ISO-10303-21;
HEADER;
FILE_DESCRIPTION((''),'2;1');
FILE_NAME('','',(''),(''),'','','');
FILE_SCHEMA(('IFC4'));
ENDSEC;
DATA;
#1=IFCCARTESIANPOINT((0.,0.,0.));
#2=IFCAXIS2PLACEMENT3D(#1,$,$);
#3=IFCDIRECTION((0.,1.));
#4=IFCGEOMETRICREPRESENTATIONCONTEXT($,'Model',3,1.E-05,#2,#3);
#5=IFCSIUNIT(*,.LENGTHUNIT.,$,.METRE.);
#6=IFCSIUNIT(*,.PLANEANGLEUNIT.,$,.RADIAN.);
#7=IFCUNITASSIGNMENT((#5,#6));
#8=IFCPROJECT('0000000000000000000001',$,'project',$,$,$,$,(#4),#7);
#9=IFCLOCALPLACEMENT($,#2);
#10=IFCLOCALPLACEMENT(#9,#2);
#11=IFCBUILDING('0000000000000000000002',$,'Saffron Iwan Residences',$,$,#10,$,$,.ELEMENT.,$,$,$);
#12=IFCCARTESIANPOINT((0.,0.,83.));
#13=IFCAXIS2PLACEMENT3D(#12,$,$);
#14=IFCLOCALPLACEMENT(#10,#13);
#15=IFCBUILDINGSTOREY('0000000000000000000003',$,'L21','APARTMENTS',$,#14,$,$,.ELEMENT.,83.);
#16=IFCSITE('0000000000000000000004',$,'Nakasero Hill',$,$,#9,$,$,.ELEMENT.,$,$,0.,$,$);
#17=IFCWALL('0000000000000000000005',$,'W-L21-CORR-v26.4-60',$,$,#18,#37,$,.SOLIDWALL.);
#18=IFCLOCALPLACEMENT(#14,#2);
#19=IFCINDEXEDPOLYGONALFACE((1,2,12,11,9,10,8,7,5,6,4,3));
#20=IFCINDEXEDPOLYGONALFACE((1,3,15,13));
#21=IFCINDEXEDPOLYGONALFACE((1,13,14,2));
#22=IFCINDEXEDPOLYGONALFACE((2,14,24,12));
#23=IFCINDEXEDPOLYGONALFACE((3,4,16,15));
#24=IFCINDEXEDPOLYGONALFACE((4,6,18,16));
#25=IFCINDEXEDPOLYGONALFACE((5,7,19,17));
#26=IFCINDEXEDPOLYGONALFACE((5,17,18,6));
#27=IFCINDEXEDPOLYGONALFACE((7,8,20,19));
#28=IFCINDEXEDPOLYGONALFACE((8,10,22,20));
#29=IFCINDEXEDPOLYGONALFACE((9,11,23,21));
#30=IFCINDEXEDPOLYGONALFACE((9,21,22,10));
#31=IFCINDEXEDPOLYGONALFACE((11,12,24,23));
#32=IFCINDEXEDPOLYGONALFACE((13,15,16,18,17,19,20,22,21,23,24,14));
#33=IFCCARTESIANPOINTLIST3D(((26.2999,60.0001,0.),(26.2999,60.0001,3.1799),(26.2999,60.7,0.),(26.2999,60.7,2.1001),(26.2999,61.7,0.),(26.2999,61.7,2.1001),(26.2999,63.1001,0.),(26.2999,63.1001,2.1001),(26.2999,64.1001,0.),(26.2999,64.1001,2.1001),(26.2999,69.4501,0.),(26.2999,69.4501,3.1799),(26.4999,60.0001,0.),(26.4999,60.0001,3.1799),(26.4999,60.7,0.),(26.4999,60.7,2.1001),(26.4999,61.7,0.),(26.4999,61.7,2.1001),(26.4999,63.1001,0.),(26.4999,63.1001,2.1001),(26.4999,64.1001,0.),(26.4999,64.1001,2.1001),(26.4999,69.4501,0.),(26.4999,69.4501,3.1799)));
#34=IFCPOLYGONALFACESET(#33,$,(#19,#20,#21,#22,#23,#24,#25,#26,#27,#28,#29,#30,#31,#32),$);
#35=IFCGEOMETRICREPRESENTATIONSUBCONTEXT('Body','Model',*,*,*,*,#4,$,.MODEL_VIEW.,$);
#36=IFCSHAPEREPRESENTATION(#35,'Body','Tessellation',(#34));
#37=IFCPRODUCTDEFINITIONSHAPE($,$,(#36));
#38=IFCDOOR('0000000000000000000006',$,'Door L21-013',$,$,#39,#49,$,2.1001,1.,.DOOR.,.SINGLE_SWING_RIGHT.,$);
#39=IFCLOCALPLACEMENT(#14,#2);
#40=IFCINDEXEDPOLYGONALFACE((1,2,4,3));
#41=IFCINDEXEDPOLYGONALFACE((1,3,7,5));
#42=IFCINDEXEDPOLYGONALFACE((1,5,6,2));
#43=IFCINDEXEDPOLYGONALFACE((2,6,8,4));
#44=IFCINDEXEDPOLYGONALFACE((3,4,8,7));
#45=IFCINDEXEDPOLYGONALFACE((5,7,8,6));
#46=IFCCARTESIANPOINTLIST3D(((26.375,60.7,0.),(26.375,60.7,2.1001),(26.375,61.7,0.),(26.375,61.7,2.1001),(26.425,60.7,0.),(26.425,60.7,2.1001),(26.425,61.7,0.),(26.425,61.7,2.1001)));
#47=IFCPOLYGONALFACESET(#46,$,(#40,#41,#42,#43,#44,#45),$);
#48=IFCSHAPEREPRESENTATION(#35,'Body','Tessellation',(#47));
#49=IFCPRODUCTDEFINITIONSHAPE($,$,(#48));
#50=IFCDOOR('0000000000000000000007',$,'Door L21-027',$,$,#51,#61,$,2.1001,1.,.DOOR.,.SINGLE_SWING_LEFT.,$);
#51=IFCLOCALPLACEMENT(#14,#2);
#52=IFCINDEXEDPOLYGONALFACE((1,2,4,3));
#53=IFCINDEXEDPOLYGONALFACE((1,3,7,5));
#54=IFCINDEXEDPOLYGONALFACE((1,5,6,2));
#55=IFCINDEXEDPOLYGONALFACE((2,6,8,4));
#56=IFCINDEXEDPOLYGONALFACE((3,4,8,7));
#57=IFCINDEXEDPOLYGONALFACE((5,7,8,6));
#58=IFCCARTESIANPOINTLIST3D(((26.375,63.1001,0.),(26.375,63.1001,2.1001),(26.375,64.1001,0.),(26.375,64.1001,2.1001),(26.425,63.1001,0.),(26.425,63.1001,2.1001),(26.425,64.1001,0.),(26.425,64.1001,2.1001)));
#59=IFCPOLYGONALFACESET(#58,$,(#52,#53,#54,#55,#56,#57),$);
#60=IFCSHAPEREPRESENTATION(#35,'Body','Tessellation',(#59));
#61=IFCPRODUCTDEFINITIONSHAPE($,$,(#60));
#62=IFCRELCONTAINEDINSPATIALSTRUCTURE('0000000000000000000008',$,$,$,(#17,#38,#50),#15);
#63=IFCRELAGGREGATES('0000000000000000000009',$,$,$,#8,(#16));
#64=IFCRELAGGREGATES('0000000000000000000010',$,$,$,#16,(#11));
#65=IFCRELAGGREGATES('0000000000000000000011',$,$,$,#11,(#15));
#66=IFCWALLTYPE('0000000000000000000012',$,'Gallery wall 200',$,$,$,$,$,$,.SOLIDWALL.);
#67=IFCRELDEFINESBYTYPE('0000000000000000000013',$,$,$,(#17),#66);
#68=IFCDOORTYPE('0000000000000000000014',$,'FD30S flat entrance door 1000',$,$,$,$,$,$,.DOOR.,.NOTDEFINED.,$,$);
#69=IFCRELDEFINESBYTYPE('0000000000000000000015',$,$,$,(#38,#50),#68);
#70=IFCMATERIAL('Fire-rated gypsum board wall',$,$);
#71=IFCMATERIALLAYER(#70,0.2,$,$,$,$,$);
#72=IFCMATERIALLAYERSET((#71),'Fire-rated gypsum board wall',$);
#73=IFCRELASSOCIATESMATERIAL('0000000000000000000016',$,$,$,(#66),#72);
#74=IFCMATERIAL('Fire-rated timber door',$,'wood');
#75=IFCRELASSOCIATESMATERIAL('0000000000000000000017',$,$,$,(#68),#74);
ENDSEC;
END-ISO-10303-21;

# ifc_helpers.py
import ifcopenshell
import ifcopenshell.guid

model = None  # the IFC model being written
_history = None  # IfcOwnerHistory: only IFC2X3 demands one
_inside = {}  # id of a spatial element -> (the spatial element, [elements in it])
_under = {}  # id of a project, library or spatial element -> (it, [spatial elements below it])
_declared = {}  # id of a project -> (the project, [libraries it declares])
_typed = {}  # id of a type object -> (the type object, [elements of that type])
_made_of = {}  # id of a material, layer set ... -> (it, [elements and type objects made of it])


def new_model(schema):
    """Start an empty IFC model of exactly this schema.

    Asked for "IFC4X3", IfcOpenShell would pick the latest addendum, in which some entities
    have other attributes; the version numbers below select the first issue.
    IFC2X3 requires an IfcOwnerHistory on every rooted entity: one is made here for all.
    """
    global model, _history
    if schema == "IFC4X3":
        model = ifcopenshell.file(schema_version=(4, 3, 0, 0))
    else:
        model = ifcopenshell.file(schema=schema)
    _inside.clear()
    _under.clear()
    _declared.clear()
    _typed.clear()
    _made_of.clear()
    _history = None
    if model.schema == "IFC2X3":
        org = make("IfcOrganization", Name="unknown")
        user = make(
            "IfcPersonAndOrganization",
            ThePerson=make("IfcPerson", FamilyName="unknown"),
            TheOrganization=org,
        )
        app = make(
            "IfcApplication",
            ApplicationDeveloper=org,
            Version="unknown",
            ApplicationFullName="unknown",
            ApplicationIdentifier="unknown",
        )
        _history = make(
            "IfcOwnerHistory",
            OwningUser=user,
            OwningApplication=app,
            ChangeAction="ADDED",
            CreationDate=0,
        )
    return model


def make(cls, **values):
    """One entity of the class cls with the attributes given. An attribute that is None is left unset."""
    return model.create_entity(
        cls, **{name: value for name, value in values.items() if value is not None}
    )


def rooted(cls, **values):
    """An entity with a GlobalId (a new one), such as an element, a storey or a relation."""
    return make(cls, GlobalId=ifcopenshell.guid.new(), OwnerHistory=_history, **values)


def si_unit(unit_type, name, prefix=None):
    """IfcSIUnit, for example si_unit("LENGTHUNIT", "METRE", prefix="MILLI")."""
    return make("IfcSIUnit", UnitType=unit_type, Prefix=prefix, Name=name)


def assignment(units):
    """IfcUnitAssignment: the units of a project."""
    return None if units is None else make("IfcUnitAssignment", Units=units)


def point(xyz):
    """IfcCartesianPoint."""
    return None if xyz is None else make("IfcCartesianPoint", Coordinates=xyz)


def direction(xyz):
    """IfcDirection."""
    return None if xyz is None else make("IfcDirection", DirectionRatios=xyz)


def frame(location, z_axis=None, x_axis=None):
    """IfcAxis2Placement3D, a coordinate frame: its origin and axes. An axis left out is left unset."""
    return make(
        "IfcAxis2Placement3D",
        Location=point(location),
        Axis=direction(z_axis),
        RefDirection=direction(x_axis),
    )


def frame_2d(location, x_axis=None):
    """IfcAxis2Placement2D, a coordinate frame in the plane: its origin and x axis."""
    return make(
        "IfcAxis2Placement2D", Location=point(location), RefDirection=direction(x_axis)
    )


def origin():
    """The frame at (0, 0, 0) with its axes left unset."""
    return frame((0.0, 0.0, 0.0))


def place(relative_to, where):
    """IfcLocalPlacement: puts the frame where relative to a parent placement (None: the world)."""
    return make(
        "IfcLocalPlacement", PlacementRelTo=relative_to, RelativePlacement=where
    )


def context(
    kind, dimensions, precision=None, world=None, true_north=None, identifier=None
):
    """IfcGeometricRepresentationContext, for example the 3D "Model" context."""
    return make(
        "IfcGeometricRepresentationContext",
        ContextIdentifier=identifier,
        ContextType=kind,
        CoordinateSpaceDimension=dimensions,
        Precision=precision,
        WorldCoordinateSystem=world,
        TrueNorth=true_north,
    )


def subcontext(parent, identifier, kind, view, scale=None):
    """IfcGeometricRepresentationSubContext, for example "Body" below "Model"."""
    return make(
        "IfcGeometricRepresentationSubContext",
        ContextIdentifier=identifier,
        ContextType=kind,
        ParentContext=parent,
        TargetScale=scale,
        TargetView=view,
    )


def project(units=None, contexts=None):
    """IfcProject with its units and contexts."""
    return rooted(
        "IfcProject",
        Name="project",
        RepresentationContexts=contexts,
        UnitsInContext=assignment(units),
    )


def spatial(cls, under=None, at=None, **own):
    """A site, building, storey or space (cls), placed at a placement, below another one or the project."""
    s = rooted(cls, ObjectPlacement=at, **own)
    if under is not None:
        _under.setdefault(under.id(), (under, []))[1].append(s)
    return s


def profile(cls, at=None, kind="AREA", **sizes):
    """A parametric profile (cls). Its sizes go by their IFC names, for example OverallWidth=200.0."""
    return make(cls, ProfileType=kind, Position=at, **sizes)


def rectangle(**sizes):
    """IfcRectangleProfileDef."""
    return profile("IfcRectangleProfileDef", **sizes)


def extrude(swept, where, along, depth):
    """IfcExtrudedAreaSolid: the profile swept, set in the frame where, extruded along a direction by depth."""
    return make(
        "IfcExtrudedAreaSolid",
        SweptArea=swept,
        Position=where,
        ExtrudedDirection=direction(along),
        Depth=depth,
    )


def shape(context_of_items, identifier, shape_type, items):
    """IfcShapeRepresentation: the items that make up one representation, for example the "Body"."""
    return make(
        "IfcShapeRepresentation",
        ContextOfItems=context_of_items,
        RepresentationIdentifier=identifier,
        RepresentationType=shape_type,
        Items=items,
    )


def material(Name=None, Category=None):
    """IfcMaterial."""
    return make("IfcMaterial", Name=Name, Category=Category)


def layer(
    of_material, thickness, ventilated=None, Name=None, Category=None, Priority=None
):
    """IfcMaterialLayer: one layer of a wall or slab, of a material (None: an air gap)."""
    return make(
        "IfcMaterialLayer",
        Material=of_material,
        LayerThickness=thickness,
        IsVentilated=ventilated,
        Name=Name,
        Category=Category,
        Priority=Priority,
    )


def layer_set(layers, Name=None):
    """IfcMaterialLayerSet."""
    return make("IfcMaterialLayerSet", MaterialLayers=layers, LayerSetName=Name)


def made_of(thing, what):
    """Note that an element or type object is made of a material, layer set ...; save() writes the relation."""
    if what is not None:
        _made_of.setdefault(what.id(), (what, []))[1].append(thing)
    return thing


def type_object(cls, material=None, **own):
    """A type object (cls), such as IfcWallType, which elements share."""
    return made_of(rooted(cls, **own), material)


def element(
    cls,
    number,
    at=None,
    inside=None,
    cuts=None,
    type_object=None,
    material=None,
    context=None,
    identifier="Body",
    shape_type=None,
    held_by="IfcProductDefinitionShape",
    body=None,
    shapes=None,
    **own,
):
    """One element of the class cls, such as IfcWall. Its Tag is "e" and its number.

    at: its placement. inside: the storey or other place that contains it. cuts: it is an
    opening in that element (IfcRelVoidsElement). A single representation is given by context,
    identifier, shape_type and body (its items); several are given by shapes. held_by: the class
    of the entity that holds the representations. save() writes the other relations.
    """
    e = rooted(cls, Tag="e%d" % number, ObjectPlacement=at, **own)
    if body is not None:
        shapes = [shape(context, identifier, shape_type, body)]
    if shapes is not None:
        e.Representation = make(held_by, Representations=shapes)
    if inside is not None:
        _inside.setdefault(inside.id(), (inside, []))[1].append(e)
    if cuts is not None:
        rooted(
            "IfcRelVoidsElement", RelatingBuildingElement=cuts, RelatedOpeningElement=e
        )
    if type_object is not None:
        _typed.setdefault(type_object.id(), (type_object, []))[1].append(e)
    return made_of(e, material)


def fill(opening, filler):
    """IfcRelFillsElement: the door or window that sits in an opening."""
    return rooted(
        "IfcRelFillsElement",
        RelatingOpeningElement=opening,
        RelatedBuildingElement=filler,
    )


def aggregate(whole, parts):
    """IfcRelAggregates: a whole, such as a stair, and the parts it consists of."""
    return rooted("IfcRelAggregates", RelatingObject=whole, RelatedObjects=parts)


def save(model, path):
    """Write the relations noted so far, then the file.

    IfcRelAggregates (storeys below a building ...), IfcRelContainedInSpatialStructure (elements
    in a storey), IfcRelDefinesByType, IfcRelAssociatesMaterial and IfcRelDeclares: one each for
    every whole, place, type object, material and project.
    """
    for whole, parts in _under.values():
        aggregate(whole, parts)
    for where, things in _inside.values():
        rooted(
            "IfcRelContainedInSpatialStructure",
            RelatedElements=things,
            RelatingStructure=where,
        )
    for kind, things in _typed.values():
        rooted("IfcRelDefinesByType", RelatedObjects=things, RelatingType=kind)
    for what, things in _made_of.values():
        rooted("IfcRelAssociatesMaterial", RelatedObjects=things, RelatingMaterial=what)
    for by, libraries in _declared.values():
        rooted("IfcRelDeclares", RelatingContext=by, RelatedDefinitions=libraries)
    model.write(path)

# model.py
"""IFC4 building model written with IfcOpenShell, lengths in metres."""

from ifc_helpers import new_model, si_unit, direction, frame, frame_2d, origin, place, context, subcontext, project, spatial, rectangle, extrude, material, layer, layer_set, type_object, element, fill, save


model = new_model("IFC4")

# Units and contexts
model_context = context("Model", 3, precision=1e-05, world=origin(), true_north=direction((0.0, 1.0)))
body_context = subcontext(model_context, "Body", "Model", "MODEL_VIEW")
ifc_project = project(units=[si_unit("LENGTHUNIT", "METRE"), si_unit("PLANEANGLEUNIT", "RADIAN")], contexts=[model_context])

# Site, building, storey
site_placement = place(None, origin())
site = spatial("IfcSite", under=ifc_project, at=site_placement, Name="Nakasero Hill", CompositionType="ELEMENT", RefElevation=0.0)
building_placement = place(site_placement, origin())
building = spatial("IfcBuilding", under=site, at=building_placement, Name="Saffron Iwan Residences", CompositionType="ELEMENT")
storey_placement = place(building_placement, frame((0.0, 0.0, 83.0)))
storey = spatial("IfcBuildingStorey", under=building, at=storey_placement, Name="L21", Description="APARTMENTS", CompositionType="ELEMENT", Elevation=83.0)

# Shared definitions
ifc_material_1 = material(Name="Fire-rated gypsum board wall")
ifc_layer_1 = layer(ifc_material_1, 0.2)
ifc_layer_set_1 = layer_set([ifc_layer_1], Name="Fire-rated gypsum board wall")
wall_type_1 = type_object("IfcWallType", Name="Gallery wall 200", PredefinedType="SOLIDWALL", material=ifc_layer_set_1)

# Wall, openings, doors
wall_1_placement = place(storey_placement, frame((26.3999, 60.0, 0.0), z_axis=(0.0, 0.0, 1.0), x_axis=(0.0, 1.0, 0.0)))
wall_1 = element("IfcWall", 1, at=wall_1_placement, inside=storey, type_object=wall_type_1, Name="W-L21-CORR-v26.4-60", PredefinedType="SOLIDWALL", context=body_context, shape_type="SweptSolid", body=[
    extrude(rectangle(XDim=9.45, YDim=0.2, at=frame_2d((4.7251, 0.0))), origin(), (0.0, 0.0, 1.0), 3.1799),
])
opening_1_placement = place(wall_1_placement, frame((0.7, 0.0, 0.0)))
opening_1 = element("IfcOpeningElement", 2, at=opening_1_placement, cuts=wall_1, PredefinedType="OPENING", context=body_context, shape_type="SweptSolid", body=[
    extrude(rectangle(XDim=1.0, YDim=2.1001, at=frame_2d((0.5, 1.05))), frame((0.0, 0.1099, 0.0), z_axis=(0.0, -1.0, 0.0), x_axis=(1.0, 0.0, 0.0)), (0.0, 0.0, 1.0), 0.22),
])
opening_2_placement = place(wall_1_placement, frame((3.1001, 0.0, 0.0)))
opening_2 = element("IfcOpeningElement", 3, at=opening_2_placement, cuts=wall_1, PredefinedType="OPENING", context=body_context, shape_type="SweptSolid", body=[
    extrude(rectangle(XDim=1.0, YDim=2.1001, at=frame_2d((0.5, 1.05))), frame((0.0, 0.1099, 0.0), z_axis=(0.0, -1.0, 0.0), x_axis=(1.0, 0.0, 0.0)), (0.0, 0.0, 1.0), 0.22),
])
ifc_material_2 = material(Name="Fire-rated timber door", Category="wood")
door_type_1 = type_object("IfcDoorType", Name="FD30S flat entrance door 1000", OperationType="NOTDEFINED", PredefinedType="DOOR", material=ifc_material_2)
door_1_placement = place(opening_1_placement, origin())
door_1 = element("IfcDoor", 4, at=door_1_placement, inside=storey, type_object=door_type_1, Name="Door L21-013", OperationType="SINGLE_SWING_RIGHT", OverallHeight=2.1001, OverallWidth=1.0, PredefinedType="DOOR", context=body_context, shape_type="SweptSolid", body=[
    extrude(rectangle(XDim=1.0, YDim=2.1001, at=frame_2d((0.5, 1.05))), frame((0.0, 0.0249, 0.0), z_axis=(0.0, -1.0, 0.0), x_axis=(1.0, 0.0, 0.0)), (0.0, 0.0, 1.0), 0.05),
])
fill(opening_1, door_1)
door_2_placement = place(opening_2_placement, origin())
door_2 = element("IfcDoor", 5, at=door_2_placement, inside=storey, type_object=door_type_1, Name="Door L21-027", OperationType="SINGLE_SWING_LEFT", OverallHeight=2.1001, OverallWidth=1.0, PredefinedType="DOOR", context=body_context, shape_type="SweptSolid", body=[
    extrude(rectangle(XDim=1.0, YDim=2.1001, at=frame_2d((0.5, 1.05))), frame((0.0, 0.0249, 0.0), z_axis=(0.0, -1.0, 0.0), x_axis=(1.0, 0.0, 0.0)), (0.0, 0.0, 1.0), 0.05),
])
fill(opening_2, door_2)

save(model, "model.ifc")
